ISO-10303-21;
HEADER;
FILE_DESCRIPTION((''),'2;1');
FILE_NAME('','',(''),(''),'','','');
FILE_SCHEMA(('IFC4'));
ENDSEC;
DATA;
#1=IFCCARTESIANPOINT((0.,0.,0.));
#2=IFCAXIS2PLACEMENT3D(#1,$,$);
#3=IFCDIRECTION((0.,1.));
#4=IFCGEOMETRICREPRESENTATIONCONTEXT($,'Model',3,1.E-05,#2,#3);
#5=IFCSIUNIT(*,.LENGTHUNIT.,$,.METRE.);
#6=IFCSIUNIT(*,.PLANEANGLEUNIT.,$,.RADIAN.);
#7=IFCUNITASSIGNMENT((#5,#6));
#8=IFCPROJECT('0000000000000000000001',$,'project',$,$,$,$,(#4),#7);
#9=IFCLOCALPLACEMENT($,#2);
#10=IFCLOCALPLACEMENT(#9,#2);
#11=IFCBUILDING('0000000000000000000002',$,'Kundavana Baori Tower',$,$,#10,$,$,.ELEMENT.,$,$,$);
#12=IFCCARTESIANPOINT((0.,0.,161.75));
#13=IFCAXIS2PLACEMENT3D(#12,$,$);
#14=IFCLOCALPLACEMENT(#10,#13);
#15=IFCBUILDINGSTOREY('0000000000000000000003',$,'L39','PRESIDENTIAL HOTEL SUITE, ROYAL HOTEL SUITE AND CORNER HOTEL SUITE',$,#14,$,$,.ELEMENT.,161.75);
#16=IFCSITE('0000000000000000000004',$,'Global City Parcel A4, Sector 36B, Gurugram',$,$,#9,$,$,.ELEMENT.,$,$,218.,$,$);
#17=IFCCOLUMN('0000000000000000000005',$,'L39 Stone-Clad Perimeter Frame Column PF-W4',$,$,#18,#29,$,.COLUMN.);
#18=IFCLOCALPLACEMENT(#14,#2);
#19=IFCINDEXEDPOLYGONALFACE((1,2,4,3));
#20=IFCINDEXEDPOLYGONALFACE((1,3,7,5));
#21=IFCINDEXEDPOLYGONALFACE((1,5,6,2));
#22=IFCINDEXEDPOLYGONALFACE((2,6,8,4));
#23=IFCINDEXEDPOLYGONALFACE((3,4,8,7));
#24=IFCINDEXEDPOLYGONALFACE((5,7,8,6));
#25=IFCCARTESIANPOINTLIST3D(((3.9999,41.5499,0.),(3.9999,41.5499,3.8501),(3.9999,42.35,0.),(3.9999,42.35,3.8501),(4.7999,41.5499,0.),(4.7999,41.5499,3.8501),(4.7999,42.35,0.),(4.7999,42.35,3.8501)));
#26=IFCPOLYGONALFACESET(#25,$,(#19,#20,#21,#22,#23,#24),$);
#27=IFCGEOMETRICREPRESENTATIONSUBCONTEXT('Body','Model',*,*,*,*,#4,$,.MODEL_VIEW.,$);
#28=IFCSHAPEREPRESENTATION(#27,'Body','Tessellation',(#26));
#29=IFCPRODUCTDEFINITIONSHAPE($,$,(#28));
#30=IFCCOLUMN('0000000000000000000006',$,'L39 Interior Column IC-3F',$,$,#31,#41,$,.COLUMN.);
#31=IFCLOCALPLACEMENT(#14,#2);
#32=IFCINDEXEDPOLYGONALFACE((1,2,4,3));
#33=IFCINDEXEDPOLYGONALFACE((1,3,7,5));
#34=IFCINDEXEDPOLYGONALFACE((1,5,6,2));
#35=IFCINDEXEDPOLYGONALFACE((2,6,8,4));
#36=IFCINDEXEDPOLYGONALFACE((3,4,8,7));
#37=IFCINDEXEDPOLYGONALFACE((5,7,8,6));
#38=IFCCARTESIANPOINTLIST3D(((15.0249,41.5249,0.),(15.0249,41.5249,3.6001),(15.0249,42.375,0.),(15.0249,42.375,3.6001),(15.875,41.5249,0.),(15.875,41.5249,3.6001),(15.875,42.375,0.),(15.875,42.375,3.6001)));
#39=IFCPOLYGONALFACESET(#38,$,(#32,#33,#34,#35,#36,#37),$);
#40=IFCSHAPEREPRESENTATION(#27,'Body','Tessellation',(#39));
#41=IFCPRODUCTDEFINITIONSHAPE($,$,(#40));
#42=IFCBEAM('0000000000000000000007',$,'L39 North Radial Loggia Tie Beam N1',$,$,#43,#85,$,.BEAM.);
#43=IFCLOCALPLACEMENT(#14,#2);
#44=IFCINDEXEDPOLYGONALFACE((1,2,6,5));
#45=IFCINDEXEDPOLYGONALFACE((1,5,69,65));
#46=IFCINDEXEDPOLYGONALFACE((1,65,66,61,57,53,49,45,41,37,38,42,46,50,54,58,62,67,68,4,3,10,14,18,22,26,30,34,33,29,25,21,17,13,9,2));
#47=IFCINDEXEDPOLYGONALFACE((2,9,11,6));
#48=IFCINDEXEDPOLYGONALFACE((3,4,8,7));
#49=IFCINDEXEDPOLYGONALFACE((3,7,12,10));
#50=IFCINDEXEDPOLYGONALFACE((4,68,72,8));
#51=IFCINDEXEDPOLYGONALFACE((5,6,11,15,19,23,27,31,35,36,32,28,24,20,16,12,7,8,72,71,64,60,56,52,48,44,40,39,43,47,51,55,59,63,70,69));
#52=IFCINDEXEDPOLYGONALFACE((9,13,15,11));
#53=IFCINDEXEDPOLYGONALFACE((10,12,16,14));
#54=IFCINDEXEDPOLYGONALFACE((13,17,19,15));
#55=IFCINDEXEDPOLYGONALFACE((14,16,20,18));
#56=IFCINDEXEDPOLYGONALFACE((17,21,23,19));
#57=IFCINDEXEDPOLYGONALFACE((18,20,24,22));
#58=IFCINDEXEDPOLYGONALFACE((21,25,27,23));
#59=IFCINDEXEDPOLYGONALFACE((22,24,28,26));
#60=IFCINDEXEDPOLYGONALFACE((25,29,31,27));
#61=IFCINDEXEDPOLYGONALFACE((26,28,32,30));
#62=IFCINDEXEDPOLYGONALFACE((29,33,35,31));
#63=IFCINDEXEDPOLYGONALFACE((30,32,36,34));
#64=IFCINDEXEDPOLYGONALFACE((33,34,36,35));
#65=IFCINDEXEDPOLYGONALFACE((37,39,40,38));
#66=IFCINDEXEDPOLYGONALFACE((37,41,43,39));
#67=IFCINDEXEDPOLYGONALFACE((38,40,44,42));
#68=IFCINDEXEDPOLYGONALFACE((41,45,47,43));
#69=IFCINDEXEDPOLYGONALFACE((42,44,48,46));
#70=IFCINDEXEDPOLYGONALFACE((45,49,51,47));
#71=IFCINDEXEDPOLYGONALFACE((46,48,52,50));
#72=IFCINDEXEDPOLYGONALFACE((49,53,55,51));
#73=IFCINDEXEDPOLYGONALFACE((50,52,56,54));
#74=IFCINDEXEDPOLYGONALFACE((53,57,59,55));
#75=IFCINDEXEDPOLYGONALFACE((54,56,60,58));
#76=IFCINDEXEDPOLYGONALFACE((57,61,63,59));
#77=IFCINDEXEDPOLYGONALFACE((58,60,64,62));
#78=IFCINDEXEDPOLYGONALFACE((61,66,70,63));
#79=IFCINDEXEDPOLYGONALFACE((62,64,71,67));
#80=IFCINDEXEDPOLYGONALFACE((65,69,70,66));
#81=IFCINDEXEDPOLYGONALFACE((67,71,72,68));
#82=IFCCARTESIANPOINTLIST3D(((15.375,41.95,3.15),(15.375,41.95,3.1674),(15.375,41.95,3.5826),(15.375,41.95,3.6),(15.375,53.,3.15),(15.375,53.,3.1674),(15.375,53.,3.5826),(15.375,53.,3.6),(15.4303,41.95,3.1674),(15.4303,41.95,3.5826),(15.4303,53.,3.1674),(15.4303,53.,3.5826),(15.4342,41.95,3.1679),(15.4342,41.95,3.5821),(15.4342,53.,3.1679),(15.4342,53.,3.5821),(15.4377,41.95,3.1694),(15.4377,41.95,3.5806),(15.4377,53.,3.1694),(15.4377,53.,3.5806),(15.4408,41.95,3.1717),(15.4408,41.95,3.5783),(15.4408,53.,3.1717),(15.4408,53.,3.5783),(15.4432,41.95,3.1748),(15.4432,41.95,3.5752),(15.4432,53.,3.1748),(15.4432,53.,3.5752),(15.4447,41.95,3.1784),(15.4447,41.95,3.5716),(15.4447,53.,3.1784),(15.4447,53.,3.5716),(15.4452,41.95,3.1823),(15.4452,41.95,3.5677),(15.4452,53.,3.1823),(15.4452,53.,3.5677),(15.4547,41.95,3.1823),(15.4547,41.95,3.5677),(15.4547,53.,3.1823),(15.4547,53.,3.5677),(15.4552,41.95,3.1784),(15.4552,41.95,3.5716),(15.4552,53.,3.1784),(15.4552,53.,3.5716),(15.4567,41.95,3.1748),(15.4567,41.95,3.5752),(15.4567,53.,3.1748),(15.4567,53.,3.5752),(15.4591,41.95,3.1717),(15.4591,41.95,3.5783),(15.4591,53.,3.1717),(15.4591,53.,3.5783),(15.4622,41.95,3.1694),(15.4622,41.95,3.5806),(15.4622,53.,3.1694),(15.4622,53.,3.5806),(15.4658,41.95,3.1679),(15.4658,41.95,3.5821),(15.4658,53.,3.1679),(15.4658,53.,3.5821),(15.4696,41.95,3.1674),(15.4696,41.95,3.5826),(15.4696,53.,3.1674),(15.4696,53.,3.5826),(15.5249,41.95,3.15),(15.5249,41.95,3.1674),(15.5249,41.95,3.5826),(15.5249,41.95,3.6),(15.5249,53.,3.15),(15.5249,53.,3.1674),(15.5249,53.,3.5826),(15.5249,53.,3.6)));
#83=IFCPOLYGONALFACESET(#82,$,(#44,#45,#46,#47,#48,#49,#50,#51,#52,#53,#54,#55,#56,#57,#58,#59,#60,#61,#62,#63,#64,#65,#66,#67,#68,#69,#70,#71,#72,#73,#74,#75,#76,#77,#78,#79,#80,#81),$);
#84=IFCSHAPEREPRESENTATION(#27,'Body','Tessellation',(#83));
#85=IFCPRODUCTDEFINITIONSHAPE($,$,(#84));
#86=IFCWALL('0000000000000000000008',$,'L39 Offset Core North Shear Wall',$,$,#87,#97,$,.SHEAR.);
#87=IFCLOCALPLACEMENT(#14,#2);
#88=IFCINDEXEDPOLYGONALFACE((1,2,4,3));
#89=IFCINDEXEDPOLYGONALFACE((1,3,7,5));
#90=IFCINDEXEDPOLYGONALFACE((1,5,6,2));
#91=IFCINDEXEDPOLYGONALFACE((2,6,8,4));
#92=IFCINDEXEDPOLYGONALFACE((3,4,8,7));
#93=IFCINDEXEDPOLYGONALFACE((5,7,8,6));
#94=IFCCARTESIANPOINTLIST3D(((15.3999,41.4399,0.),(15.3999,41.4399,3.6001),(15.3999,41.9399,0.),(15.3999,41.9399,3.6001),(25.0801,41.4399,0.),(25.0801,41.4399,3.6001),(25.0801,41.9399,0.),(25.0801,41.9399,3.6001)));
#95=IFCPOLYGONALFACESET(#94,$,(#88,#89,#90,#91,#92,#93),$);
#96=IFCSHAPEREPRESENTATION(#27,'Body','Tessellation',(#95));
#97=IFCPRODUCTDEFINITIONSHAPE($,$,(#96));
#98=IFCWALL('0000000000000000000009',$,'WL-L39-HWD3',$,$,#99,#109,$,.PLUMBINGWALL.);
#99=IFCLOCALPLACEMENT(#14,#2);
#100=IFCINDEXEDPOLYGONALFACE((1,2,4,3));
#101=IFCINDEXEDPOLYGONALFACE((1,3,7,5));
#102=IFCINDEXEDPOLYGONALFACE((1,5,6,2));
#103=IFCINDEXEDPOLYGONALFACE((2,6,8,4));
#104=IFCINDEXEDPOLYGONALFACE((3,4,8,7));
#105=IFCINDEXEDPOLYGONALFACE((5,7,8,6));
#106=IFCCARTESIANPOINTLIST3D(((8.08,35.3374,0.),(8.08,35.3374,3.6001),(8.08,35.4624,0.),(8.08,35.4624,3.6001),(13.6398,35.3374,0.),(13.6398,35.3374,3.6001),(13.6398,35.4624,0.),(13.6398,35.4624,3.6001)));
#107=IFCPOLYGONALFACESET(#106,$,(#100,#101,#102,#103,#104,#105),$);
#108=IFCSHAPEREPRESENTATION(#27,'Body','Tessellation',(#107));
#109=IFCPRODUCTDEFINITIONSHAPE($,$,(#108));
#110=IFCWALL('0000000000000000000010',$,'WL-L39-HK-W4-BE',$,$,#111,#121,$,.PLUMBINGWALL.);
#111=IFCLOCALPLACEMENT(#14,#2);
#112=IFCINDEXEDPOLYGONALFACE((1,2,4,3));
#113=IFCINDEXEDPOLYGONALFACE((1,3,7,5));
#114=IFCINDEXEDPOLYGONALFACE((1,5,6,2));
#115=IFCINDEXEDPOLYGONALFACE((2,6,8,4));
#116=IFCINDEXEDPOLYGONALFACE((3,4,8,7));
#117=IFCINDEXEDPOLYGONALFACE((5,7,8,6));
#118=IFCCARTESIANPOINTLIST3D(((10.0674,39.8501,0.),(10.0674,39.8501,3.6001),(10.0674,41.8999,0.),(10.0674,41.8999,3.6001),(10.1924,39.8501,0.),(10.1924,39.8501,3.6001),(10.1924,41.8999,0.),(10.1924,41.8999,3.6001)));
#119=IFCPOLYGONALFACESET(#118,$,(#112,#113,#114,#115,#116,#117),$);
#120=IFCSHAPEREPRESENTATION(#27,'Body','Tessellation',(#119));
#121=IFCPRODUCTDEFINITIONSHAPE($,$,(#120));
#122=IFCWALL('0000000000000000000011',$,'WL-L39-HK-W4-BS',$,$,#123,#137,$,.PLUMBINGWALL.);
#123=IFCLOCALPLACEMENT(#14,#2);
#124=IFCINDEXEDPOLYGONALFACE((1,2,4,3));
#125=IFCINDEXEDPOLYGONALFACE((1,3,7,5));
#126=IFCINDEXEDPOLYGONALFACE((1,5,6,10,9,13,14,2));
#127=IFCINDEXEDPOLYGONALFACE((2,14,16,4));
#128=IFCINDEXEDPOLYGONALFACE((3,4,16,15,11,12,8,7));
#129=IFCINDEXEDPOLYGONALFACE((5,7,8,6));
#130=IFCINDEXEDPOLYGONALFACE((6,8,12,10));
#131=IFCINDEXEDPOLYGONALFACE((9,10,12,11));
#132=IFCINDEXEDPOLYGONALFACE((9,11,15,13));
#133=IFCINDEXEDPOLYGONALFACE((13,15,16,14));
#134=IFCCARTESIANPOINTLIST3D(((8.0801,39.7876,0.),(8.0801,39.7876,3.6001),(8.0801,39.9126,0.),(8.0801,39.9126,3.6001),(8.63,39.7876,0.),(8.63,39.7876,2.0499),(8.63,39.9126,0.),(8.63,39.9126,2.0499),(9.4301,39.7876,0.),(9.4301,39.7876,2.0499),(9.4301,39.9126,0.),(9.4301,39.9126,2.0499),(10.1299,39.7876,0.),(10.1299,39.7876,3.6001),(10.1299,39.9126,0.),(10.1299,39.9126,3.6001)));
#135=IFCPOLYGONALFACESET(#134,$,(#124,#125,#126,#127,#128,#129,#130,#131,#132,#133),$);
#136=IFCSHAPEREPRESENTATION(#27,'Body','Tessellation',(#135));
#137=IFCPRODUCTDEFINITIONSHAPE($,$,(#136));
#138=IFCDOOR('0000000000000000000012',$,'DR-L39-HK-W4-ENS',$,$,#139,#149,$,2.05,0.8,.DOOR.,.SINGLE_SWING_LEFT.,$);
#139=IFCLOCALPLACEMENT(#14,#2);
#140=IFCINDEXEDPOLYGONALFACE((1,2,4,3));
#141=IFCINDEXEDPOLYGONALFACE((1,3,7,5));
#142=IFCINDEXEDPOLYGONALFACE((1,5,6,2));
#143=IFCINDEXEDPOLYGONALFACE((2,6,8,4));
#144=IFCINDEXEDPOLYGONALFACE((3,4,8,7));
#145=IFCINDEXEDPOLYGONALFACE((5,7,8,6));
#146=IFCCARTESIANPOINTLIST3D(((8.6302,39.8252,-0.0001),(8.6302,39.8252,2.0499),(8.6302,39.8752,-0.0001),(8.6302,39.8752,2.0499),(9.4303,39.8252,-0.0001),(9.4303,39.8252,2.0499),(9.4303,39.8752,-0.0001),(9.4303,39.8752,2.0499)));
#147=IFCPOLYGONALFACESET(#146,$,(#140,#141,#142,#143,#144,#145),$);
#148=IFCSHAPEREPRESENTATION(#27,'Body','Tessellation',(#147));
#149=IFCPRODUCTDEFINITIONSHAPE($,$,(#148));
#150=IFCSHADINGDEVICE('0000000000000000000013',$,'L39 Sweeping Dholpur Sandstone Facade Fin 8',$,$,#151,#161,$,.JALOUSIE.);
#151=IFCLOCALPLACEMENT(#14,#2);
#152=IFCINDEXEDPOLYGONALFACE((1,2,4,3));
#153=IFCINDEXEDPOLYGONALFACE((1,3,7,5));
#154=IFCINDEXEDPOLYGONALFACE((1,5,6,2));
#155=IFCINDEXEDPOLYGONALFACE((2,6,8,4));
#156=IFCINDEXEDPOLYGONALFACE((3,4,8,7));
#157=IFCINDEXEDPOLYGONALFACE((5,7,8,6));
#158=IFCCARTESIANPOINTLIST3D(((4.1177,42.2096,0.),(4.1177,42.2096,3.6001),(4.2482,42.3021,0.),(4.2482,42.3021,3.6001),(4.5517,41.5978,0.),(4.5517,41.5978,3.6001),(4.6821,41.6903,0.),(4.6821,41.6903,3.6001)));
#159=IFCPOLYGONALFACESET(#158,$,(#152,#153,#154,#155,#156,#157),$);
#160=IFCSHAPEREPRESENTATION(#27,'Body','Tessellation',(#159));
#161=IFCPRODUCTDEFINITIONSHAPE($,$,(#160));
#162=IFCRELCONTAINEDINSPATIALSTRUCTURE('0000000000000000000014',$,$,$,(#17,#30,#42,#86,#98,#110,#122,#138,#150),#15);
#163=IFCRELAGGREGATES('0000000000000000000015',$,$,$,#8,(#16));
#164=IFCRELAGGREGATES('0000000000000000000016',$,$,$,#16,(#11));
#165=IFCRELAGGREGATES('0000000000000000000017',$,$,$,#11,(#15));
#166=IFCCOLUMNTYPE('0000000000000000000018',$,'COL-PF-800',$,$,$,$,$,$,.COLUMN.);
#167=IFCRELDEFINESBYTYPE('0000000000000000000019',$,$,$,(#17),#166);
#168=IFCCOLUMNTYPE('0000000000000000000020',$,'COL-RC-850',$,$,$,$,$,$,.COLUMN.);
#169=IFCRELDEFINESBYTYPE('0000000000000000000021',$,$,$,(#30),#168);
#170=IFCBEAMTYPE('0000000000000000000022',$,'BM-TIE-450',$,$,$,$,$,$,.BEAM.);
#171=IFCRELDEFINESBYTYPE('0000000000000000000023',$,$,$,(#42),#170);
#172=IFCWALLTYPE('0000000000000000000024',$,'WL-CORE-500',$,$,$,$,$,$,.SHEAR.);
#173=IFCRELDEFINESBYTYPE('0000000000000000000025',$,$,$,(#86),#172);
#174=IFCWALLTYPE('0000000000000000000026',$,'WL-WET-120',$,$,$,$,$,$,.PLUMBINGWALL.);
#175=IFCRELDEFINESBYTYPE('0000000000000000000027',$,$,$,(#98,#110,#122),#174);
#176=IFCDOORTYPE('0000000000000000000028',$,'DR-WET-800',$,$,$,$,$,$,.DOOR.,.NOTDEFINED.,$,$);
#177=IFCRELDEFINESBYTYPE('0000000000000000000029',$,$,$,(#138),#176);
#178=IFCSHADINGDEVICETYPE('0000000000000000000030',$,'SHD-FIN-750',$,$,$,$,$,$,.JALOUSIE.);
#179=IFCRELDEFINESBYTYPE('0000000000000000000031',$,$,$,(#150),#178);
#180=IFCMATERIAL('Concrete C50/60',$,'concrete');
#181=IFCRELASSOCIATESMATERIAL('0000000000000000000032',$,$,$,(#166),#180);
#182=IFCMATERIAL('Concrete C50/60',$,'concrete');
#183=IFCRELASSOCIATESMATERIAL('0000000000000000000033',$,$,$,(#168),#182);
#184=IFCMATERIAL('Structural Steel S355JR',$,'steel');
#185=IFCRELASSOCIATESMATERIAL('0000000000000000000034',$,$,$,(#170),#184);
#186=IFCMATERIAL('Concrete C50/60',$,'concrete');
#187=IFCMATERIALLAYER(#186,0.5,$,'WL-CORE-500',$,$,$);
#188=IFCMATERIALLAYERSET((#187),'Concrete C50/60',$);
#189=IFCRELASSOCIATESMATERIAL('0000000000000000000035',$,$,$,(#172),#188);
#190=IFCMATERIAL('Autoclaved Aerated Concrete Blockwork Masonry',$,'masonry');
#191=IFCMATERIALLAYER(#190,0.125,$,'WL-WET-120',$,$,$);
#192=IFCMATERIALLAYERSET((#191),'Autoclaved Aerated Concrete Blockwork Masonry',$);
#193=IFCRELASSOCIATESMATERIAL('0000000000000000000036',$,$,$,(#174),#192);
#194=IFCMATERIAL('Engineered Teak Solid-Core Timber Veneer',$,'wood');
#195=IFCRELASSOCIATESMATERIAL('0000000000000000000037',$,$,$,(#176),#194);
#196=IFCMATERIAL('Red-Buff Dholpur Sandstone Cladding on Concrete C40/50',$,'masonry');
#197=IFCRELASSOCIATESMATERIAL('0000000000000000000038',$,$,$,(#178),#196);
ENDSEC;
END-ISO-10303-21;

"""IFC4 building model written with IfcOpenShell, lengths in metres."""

from ifc_helpers import new_model, si_unit, direction, frame, frame_2d, origin, origin_2d, place, context, subcontext, project, spatial, rectangle, i_section, extrude, material, layer, layer_set, material_profile, profile_set, type_object, element, fill, save


model = new_model("IFC4")

# Units and contexts
model_context = context("Model", 3, precision=1e-05, world=origin(), true_north=direction((0.0, 1.0)))
body_context = subcontext(model_context, "Body", "Model", "MODEL_VIEW")
ifc_project = project(units=[si_unit("LENGTHUNIT", "METRE"), si_unit("PLANEANGLEUNIT", "RADIAN")], contexts=[model_context])

# Site, building, storey
site_placement = place(None, origin())
site = spatial("IfcSite", under=ifc_project, at=site_placement, Name="Global City Parcel A4, Sector 36B, Gurugram", CompositionType="ELEMENT", RefElevation=218.0)
building_placement = place(site_placement, origin())
building = spatial("IfcBuilding", under=site, at=building_placement, Name="Kundavana Baori Tower", CompositionType="ELEMENT")
storey_placement = place(building_placement, frame((0.0, 0.0, 161.75)))
storey = spatial("IfcBuildingStorey", under=building, at=storey_placement, Name="L39", Description="PRESIDENTIAL HOTEL SUITE, ROYAL HOTEL SUITE AND CORNER HOTEL SUITE", CompositionType="ELEMENT", Elevation=161.75)

# Columns
ifc_material_1 = material(Name="Concrete C50/60", Category="concrete")
ifc_material_profile_1 = material_profile(ifc_material_1, rectangle(XDim=0.8, YDim=0.8, at=origin_2d()), Name="RC PF 800x800")
ifc_profile_set_1 = profile_set([ifc_material_profile_1], Name="Concrete C50/60")
column_type_1 = type_object("IfcColumnType", Name="COL-PF-800", PredefinedType="COLUMN", material=ifc_profile_set_1)
column_1_placement = place(storey_placement, frame((4.3999, 41.95, 0.0), z_axis=(0.0, 0.0, 1.0), x_axis=(1.0, 0.0, 0.0)))
element("IfcColumn", 1, at=column_1_placement, inside=storey, type_object=column_type_1, Name="L39 Stone-Clad Perimeter Frame Column PF-W4", PredefinedType="COLUMN", context=body_context, shape_type="SweptSolid", body=[
    extrude(rectangle(XDim=0.8, YDim=0.8, at=origin_2d()), origin(), (0.0, 0.0, 1.0), 3.8501),
])
ifc_material_2 = material(Name="Concrete C50/60", Category="concrete")
ifc_material_profile_2 = material_profile(ifc_material_2, rectangle(XDim=0.8501, YDim=0.8501, at=origin_2d()), Name="RC 850x850")
ifc_profile_set_2 = profile_set([ifc_material_profile_2], Name="Concrete C50/60")
column_type_2 = type_object("IfcColumnType", Name="COL-RC-850", PredefinedType="COLUMN", material=ifc_profile_set_2)
column_2_placement = place(storey_placement, frame((15.45, 41.95, 0.0), z_axis=(0.0, 0.0, 1.0), x_axis=(1.0, 0.0, 0.0)))
element("IfcColumn", 2, at=column_2_placement, inside=storey, type_object=column_type_2, Name="L39 Interior Column IC-3F", PredefinedType="COLUMN", context=body_context, shape_type="SweptSolid", body=[
    extrude(rectangle(XDim=0.8501, YDim=0.8501, at=origin_2d()), origin(), (0.0, 0.0, 1.0), 3.6001),
])

# Beam
ifc_material_3 = material(Name="Structural Steel S355JR", Category="steel")
ifc_material_profile_3 = material_profile(ifc_material_3, i_section(OverallWidth=0.1499, OverallDepth=0.45, WebThickness=0.0095, FlangeThickness=0.0173, FilletRadius=0.0149, at=origin_2d()), Name="ISMB 450")
ifc_profile_set_3 = profile_set([ifc_material_profile_3], Name="Structural Steel S355JR")
beam_type = type_object("IfcBeamType", Name="BM-TIE-450", PredefinedType="BEAM", material=ifc_profile_set_3)
beam_placement = place(storey_placement, frame((15.45, 41.95, 3.375), z_axis=(0.0, 1.0, 0.0), x_axis=(-1.0, 0.0, 0.0)))
element("IfcBeam", 3, at=beam_placement, inside=storey, type_object=beam_type, Name="L39 North Radial Loggia Tie Beam N1", PredefinedType="BEAM", context=body_context, shape_type="SweptSolid", body=[
    extrude(i_section(OverallWidth=0.1499, OverallDepth=0.45, WebThickness=0.0095, FlangeThickness=0.0173, FilletRadius=0.0149, at=origin_2d()), origin(), (0.0, 0.0, 1.0), 11.05),
])

# Walls
ifc_material_4 = material(Name="Concrete C50/60", Category="concrete")
ifc_layer_1 = layer(ifc_material_4, 0.5, Name="WL-CORE-500")
ifc_layer_set_1 = layer_set([ifc_layer_1], Name="Concrete C50/60")
wall_type_1 = type_object("IfcWallType", Name="WL-CORE-500", PredefinedType="SHEAR", material=ifc_layer_set_1)
wall_1_placement = place(storey_placement, frame((15.3999, 41.6899, 0.0), z_axis=(0.0, 0.0, 1.0), x_axis=(1.0, 0.0, 0.0)))
element("IfcWall", 4, at=wall_1_placement, inside=storey, type_object=wall_type_1, Name="L39 Offset Core North Shear Wall", PredefinedType="SHEAR", context=body_context, shape_type="SweptSolid", body=[
    extrude(rectangle(XDim=9.6802, YDim=0.5, at=frame_2d((4.8401, 0.0))), origin(), (0.0, 0.0, 1.0), 3.6001),
])
ifc_material_5 = material(Name="Autoclaved Aerated Concrete Blockwork Masonry", Category="masonry")
ifc_layer_2 = layer(ifc_material_5, 0.125, Name="WL-WET-120")
ifc_layer_set_2 = layer_set([ifc_layer_2], Name="Autoclaved Aerated Concrete Blockwork Masonry")
wall_type_2 = type_object("IfcWallType", Name="WL-WET-120", PredefinedType="PLUMBINGWALL", material=ifc_layer_set_2)
wall_2_placement = place(storey_placement, frame((8.0801, 35.3999, 0.0), z_axis=(0.0, 0.0, 1.0), x_axis=(1.0, 0.0, 0.0)))
element("IfcWall", 5, at=wall_2_placement, inside=storey, type_object=wall_type_2, Name="WL-L39-HWD3", PredefinedType="PLUMBINGWALL", context=body_context, shape_type="SweptSolid", body=[
    extrude(rectangle(XDim=5.5598, YDim=0.125, at=frame_2d((2.7798, 0.0))), origin(), (0.0, 0.0, 1.0), 3.6001),
])
wall_3_placement = place(storey_placement, frame((10.1299, 39.8501, 0.0), z_axis=(0.0, 0.0, 1.0), x_axis=(0.0, 1.0, 0.0)))
element("IfcWall", 6, at=wall_3_placement, inside=storey, type_object=wall_type_2, Name="WL-L39-HK-W4-BE", PredefinedType="PLUMBINGWALL", context=body_context, shape_type="SweptSolid", body=[
    extrude(rectangle(XDim=2.0498, YDim=0.125, at=frame_2d((1.0249, 0.0))), origin(), (0.0, 0.0, 1.0), 3.6001),
])

# Wall, opening, door
wall_4_placement = place(storey_placement, frame((8.0801, 39.8501, 0.0), z_axis=(0.0, 0.0, 1.0), x_axis=(1.0, 0.0, 0.0)))
wall_4 = element("IfcWall", 7, at=wall_4_placement, inside=storey, type_object=wall_type_2, Name="WL-L39-HK-W4-BS", PredefinedType="PLUMBINGWALL", context=body_context, shape_type="SweptSolid", body=[
    extrude(rectangle(XDim=2.0498, YDim=0.125, at=frame_2d((1.0249, 0.0))), origin(), (0.0, 0.0, 1.0), 3.6001),
])
opening_placement = place(wall_4_placement, frame((0.55, 0.0, 0.0)))
opening = element("IfcOpeningElement", 8, at=opening_placement, cuts=wall_4, PredefinedType="OPENING", context=body_context, shape_type="SweptSolid", body=[
    extrude(rectangle(XDim=0.8, YDim=2.05, at=frame_2d((0.3999, 1.0249))), frame((0.0, 0.0725, 0.0), z_axis=(0.0, -1.0, 0.0), x_axis=(1.0, 0.0, 0.0)), (0.0, 0.0, 1.0), 0.145),
])
ifc_material_6 = material(Name="Engineered Teak Solid-Core Timber Veneer", Category="wood")
door_type = type_object("IfcDoorType", Name="DR-WET-800", OperationType="NOTDEFINED", PredefinedType="DOOR", material=ifc_material_6)
door_placement = place(opening_placement, frame((0.8, 0.0, 0.0), z_axis=(0.0, 0.0, 1.0), x_axis=(-1.0, 0.0, 0.0)))
door = element("IfcDoor", 9, at=door_placement, inside=storey, type_object=door_type, Name="DR-L39-HK-W4-ENS", OperationType="SINGLE_SWING_LEFT", OverallHeight=2.05, OverallWidth=0.8, PredefinedType="DOOR", context=body_context, shape_type="SweptSolid", body=[
    extrude(rectangle(XDim=0.8, YDim=2.05, at=frame_2d((0.3999, 1.0249))), frame((0.0, 0.0249, 0.0), z_axis=(0.0, -1.0, 0.0), x_axis=(1.0, 0.0, 0.0)), (0.0, 0.0, 1.0), 0.05),
])
fill(opening, door)

# Shading device
ifc_material_7 = material(Name="Red-Buff Dholpur Sandstone Cladding on Concrete C40/50", Category="masonry")
shading_device_type = type_object("IfcShadingDeviceType", Name="SHD-FIN-750", PredefinedType="JALOUSIE", material=ifc_material_7)
shading_device_placement = place(storey_placement, frame((4.3999, 41.95, 0.0), z_axis=(0.0, 0.0, 1.0), x_axis=(0.815633, 0.57857, 0.0)))
element("IfcShadingDevice", 10, at=shading_device_placement, inside=storey, type_object=shading_device_type, Name="L39 Sweeping Dholpur Sandstone Facade Fin 8", PredefinedType="JALOUSIE", context=body_context, shape_type="SweptSolid", body=[
    extrude(rectangle(XDim=0.1599, YDim=0.75, at=origin_2d()), origin(), (0.0, 0.0, 1.0), 3.6001),
])

save(model, "model.ifc")
